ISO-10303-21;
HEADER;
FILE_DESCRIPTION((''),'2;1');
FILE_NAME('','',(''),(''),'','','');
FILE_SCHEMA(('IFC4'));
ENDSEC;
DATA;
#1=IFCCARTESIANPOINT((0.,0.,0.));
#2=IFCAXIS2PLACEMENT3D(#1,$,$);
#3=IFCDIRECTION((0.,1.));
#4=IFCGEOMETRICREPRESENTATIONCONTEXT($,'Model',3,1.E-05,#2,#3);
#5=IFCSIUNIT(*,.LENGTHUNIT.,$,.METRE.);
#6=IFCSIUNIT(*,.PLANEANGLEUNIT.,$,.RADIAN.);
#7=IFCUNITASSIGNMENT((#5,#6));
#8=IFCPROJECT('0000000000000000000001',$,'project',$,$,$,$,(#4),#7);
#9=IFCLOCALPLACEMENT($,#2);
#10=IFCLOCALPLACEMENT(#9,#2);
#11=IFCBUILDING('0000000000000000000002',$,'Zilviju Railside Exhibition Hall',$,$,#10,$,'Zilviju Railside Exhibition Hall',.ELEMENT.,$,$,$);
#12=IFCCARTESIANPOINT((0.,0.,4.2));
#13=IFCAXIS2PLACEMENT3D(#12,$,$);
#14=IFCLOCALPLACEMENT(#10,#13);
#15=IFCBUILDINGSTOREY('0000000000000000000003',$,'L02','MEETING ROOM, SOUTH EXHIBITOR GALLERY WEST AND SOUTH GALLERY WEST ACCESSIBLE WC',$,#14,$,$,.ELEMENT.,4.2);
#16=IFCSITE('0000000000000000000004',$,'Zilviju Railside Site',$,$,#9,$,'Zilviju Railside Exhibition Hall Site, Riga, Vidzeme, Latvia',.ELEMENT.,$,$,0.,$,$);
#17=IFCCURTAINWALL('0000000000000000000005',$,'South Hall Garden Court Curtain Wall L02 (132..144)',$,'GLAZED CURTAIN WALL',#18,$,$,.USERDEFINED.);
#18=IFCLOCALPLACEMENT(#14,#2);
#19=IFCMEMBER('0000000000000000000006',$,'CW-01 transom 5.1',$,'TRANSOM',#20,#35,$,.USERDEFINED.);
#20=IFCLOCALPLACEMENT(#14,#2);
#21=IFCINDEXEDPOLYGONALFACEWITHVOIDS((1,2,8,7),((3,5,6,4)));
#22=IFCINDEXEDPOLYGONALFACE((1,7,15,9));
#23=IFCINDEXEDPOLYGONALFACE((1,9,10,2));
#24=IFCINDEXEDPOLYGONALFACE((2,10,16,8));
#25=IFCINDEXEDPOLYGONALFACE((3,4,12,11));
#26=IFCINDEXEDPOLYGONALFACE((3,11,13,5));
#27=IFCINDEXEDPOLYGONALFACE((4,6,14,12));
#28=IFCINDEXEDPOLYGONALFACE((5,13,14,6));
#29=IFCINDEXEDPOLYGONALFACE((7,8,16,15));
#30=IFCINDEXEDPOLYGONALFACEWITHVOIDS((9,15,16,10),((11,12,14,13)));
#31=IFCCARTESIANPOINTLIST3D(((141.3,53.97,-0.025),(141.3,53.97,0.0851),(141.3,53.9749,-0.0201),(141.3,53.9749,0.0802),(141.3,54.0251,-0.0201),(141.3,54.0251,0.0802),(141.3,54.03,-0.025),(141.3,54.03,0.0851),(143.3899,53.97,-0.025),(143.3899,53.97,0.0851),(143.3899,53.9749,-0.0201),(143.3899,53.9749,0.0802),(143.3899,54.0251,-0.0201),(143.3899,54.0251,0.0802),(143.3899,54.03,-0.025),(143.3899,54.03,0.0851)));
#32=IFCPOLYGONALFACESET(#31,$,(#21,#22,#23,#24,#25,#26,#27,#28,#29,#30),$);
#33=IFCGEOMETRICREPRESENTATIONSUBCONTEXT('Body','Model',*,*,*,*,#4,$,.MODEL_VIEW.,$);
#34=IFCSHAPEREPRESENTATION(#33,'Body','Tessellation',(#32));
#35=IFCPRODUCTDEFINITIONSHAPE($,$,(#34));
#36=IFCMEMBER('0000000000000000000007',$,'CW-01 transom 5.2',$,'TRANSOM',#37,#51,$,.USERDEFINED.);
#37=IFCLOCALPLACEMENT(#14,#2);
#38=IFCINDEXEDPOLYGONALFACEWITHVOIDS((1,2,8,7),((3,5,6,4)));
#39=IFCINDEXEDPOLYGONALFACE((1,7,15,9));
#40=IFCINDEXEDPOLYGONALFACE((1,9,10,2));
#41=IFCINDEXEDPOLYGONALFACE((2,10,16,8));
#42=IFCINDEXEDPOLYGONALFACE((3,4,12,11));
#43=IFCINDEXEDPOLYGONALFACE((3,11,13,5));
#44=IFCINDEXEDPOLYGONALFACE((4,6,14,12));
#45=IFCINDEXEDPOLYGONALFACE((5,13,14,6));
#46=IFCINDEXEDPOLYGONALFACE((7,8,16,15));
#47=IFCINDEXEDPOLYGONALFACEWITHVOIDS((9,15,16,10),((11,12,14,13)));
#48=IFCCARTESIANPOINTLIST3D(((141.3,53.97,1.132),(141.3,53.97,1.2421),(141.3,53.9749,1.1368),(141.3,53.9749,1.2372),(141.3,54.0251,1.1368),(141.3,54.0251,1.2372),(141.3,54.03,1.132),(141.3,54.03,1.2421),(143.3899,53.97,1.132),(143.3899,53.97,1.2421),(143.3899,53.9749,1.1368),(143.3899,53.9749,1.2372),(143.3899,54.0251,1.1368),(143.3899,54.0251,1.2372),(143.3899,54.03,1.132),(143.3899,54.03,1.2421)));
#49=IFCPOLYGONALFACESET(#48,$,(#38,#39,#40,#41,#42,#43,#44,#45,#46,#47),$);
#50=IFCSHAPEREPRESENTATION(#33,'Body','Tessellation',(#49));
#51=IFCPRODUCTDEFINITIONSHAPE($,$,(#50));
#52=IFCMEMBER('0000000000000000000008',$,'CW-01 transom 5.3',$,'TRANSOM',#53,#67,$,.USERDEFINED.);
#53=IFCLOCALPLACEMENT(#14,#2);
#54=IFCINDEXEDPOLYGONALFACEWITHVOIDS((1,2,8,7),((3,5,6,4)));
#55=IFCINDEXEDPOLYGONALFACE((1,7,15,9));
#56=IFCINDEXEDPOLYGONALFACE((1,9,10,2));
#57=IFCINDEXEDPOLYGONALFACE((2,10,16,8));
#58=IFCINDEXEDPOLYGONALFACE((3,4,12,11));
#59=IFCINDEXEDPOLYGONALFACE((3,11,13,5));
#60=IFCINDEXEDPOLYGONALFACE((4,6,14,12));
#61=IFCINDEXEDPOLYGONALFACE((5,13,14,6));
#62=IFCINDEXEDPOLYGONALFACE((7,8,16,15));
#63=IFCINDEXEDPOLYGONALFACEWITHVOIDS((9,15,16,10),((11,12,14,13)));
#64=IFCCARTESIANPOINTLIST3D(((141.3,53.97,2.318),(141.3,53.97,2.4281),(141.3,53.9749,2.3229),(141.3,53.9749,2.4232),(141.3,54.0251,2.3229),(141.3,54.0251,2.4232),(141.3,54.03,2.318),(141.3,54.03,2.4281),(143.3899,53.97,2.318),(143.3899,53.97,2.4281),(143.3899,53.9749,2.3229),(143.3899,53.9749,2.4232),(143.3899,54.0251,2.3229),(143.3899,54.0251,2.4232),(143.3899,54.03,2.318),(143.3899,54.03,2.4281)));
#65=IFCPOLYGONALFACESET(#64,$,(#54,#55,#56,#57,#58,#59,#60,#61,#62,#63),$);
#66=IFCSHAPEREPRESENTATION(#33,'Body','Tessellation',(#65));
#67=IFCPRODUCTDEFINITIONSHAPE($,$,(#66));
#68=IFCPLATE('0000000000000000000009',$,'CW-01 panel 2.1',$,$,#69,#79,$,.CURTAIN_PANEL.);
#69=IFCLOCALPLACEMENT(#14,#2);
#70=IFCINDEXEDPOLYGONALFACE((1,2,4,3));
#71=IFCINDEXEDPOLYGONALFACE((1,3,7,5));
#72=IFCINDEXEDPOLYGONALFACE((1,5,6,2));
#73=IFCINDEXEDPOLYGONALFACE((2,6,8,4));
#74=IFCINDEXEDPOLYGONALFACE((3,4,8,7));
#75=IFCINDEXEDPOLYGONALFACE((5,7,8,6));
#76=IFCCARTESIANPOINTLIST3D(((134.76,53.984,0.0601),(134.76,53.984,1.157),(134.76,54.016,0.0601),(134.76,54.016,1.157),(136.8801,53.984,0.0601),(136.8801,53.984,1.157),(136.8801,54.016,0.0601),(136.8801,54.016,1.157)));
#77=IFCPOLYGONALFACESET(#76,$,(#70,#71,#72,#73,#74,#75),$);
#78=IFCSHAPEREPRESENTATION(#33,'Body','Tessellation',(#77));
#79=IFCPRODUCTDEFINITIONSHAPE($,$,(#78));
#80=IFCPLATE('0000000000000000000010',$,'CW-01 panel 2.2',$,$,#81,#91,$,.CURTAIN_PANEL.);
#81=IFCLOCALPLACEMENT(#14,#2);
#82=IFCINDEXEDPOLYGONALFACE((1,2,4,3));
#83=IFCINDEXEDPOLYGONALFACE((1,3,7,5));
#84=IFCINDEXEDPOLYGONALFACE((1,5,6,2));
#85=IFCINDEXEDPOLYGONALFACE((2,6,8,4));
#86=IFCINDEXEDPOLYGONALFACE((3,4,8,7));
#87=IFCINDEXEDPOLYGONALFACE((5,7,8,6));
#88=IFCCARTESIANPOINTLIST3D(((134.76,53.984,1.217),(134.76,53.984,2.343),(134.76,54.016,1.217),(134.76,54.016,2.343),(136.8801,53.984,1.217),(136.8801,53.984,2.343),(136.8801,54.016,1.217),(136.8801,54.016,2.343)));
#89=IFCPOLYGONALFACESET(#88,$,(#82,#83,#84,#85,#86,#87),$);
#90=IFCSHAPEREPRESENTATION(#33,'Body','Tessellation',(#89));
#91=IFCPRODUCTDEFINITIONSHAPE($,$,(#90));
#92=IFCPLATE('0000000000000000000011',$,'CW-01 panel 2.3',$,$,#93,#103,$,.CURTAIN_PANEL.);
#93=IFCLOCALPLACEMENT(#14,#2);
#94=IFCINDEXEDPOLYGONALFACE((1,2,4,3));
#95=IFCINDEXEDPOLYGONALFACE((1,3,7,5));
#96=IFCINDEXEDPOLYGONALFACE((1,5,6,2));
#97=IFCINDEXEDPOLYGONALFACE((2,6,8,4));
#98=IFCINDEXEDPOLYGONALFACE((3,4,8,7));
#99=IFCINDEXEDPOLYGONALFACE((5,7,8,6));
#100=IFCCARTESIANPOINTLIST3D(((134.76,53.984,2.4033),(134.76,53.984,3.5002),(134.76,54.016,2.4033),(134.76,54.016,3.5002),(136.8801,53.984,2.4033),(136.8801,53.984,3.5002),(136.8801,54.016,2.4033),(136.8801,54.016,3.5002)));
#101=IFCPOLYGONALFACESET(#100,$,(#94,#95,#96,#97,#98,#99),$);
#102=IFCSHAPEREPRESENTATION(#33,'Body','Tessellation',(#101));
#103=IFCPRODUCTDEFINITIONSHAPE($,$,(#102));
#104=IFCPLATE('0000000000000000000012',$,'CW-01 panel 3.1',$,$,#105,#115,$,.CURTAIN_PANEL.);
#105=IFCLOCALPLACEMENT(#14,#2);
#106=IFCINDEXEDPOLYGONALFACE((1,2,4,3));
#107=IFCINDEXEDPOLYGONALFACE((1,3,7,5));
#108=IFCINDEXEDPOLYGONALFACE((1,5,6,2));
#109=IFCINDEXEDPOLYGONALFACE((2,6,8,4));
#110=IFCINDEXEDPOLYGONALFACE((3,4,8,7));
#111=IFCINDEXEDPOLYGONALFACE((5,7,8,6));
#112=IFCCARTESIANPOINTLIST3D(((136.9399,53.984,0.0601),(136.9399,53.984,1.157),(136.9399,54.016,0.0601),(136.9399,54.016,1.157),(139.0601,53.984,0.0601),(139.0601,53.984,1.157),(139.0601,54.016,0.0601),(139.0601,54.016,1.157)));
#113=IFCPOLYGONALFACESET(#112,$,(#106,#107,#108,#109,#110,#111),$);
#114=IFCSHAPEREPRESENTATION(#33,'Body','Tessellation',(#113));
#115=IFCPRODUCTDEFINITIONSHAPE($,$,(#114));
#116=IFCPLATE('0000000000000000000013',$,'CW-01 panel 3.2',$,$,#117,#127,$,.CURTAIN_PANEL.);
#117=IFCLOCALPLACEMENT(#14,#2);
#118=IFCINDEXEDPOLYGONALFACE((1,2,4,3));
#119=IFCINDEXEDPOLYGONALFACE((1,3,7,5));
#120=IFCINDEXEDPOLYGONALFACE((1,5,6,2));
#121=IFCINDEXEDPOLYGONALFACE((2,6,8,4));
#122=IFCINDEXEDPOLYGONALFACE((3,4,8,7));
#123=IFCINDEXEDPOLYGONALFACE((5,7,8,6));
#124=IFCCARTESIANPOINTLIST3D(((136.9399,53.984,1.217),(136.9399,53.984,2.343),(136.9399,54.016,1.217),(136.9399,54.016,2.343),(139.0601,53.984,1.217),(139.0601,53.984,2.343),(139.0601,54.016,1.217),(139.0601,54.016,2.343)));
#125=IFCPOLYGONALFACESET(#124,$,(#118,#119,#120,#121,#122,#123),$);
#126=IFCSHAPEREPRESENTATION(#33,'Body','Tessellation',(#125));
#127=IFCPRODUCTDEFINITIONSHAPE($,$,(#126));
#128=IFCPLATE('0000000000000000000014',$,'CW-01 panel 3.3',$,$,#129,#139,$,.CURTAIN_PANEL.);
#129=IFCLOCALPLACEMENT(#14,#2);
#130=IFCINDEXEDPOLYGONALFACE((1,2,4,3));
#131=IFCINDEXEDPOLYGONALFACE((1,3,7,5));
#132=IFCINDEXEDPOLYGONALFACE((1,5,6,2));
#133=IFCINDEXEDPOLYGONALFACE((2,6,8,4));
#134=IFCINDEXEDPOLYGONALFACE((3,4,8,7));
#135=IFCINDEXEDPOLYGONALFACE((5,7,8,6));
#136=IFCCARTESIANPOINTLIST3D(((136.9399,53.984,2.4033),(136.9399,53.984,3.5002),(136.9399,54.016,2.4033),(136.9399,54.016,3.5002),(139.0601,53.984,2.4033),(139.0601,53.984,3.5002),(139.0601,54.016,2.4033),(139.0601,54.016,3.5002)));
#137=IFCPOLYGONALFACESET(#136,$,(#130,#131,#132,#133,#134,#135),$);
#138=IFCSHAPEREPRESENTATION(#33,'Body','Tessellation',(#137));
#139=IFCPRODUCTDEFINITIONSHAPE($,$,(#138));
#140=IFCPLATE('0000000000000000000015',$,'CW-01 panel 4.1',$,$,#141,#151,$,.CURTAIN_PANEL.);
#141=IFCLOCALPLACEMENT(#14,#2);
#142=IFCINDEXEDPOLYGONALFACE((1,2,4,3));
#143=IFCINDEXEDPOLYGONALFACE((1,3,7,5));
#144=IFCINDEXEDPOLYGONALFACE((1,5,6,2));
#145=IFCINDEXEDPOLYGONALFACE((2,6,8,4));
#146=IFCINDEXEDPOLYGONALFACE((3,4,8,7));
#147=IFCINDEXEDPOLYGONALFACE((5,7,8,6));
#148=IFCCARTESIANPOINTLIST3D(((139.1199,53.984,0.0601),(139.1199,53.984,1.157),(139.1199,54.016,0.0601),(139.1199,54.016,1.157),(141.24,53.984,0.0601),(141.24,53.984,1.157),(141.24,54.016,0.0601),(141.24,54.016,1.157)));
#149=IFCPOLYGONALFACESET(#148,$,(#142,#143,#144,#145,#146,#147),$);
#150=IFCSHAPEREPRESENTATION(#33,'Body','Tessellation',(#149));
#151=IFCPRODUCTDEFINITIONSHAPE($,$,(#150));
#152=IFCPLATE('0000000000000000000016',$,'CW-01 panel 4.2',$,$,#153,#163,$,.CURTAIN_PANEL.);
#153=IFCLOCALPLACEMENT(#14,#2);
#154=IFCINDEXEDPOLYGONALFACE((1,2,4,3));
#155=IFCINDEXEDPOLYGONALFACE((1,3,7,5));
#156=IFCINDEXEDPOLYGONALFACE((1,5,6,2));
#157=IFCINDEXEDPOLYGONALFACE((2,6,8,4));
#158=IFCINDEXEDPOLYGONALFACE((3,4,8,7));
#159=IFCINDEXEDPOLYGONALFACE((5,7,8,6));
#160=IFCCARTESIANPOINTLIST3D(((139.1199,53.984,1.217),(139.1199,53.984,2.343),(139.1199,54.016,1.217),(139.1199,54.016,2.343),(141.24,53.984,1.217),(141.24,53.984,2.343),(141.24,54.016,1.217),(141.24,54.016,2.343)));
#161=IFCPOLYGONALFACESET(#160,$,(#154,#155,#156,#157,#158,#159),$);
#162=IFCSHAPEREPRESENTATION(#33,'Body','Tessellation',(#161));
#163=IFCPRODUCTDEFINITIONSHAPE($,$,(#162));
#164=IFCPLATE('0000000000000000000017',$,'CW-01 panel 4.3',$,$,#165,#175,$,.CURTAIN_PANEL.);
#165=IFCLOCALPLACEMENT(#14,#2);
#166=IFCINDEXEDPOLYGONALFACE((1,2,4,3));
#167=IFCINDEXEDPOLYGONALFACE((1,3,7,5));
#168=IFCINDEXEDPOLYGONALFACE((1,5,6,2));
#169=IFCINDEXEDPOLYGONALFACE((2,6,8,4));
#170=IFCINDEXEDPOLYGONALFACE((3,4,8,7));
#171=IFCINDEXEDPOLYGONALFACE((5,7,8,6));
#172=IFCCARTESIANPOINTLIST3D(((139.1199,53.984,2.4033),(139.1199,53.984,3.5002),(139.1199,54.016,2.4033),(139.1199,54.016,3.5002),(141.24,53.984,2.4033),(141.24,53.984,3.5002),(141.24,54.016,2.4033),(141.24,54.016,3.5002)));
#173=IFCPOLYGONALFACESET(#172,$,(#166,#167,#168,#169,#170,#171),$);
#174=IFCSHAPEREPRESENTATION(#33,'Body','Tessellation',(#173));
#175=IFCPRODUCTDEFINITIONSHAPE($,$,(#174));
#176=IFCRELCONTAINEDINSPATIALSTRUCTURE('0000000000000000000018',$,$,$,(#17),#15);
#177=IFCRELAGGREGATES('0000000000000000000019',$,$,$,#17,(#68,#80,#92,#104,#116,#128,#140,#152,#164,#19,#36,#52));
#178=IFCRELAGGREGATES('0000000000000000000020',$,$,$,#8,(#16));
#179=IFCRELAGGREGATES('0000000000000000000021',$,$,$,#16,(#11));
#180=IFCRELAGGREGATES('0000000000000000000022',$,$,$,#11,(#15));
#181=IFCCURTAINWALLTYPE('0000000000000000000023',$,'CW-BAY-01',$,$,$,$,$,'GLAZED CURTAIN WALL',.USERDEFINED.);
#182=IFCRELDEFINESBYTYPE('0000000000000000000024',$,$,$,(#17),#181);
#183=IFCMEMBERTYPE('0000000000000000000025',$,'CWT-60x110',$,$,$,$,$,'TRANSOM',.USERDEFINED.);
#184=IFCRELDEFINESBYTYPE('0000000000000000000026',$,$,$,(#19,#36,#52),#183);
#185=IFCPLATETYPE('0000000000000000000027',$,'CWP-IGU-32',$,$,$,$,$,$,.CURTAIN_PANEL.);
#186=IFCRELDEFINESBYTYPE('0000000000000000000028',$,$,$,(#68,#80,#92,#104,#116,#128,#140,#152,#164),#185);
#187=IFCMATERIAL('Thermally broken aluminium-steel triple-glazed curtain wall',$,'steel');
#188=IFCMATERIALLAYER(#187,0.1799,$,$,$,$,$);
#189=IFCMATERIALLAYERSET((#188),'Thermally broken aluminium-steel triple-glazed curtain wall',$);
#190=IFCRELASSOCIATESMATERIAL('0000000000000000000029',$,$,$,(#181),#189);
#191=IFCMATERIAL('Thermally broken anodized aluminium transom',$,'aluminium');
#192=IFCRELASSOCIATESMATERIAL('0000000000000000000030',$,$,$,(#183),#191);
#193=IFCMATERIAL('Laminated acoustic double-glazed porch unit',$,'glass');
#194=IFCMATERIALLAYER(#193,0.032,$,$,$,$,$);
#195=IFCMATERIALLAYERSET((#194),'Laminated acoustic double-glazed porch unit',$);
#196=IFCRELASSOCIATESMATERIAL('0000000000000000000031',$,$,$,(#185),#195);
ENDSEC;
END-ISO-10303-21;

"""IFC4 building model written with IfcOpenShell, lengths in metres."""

from ifc_helpers import new_model, si_unit, direction, frame, origin, origin_2d, place, context, subcontext, project, spatial, rectangle, hollow_rectangle, extrude, material, layer, layer_set, material_profile, profile_set, type_object, element, aggregate, save


model = new_model("IFC4")

# Units and contexts
model_context = context("Model", 3, precision=1e-05, world=origin(), true_north=direction((0.0, 1.0)))
body_context = subcontext(model_context, "Body", "Model", "MODEL_VIEW")
ifc_project = project(units=[si_unit("LENGTHUNIT", "METRE"), si_unit("PLANEANGLEUNIT", "RADIAN")], contexts=[model_context])

# Site, building, storey
site_placement = place(None, origin())
site = spatial("IfcSite", under=ifc_project, at=site_placement, Name="Zilviju Railside Site", LongName="Zilviju Railside Exhibition Hall Site, Riga, Vidzeme, Latvia", CompositionType="ELEMENT", RefElevation=0.0)
building_placement = place(site_placement, origin())
building = spatial("IfcBuilding", under=site, at=building_placement, Name="Zilviju Railside Exhibition Hall", LongName="Zilviju Railside Exhibition Hall", CompositionType="ELEMENT")
storey_placement = place(building_placement, frame((0.0, 0.0, 4.2)))
storey = spatial("IfcBuildingStorey", under=building, at=storey_placement, Name="L02", Description="MEETING ROOM, SOUTH EXHIBITOR GALLERY WEST AND SOUTH GALLERY WEST ACCESSIBLE WC", CompositionType="ELEMENT", Elevation=4.2)

# Curtain wall, members, plates
ifc_material_1 = material(Name="Thermally broken aluminium-steel triple-glazed curtain wall", Category="steel")
ifc_layer_1 = layer(ifc_material_1, 0.1799)
ifc_layer_set_1 = layer_set([ifc_layer_1], Name="Thermally broken aluminium-steel triple-glazed curtain wall")
curtain_wall_type = type_object("IfcCurtainWallType", Name="CW-BAY-01", ElementType="GLAZED CURTAIN WALL", PredefinedType="USERDEFINED", material=ifc_layer_set_1)
curtain_wall_placement = place(storey_placement, origin())
curtain_wall = element("IfcCurtainWall", 1, at=curtain_wall_placement, inside=storey, type_object=curtain_wall_type, Name="South Hall Garden Court Curtain Wall L02 (132..144)", ObjectType="GLAZED CURTAIN WALL", PredefinedType="USERDEFINED")
ifc_material_2 = material(Name="Thermally broken anodized aluminium transom", Category="aluminium")
ifc_material_profile_1 = material_profile(ifc_material_2, hollow_rectangle(XDim=0.0601, YDim=0.1101, WallThickness=0.0049, at=origin_2d()), Name="TRANSOM 110x60x5")
ifc_profile_set_1 = profile_set([ifc_material_profile_1], Name="Thermally broken anodized aluminium transom")
member_type_1 = type_object("IfcMemberType", Name="CWT-60x110", ElementType="TRANSOM", PredefinedType="USERDEFINED", material=ifc_profile_set_1)
member_1_placement = place(storey_placement, frame((141.3, 54.0, 0.03), z_axis=(1.0, 0.0, 0.0), x_axis=(0.0, 1.0, 0.0)))
member_1 = element("IfcMember", 2, at=member_1_placement, type_object=member_type_1, Name="CW-01 transom 5.1", ObjectType="TRANSOM", PredefinedType="USERDEFINED", context=body_context, shape_type="SweptSolid", body=[
    extrude(hollow_rectangle(XDim=0.0601, YDim=0.1101, WallThickness=0.0049, at=origin_2d()), origin(), (0.0, 0.0, 1.0), 2.0898),
])
member_2_placement = place(storey_placement, frame((141.3, 54.0, 1.187), z_axis=(1.0, 0.0, 0.0), x_axis=(0.0, 1.0, 0.0)))
member_2 = element("IfcMember", 3, at=member_2_placement, type_object=member_type_1, Name="CW-01 transom 5.2", ObjectType="TRANSOM", PredefinedType="USERDEFINED", context=body_context, shape_type="SweptSolid", body=[
    extrude(hollow_rectangle(XDim=0.0601, YDim=0.1101, WallThickness=0.0049, at=origin_2d()), origin(), (0.0, 0.0, 1.0), 2.0898),
])
member_3_placement = place(storey_placement, frame((141.3, 54.0, 2.373), z_axis=(1.0, 0.0, 0.0), x_axis=(0.0, 1.0, 0.0)))
member_3 = element("IfcMember", 4, at=member_3_placement, type_object=member_type_1, Name="CW-01 transom 5.3", ObjectType="TRANSOM", PredefinedType="USERDEFINED", context=body_context, shape_type="SweptSolid", body=[
    extrude(hollow_rectangle(XDim=0.0601, YDim=0.1101, WallThickness=0.0049, at=origin_2d()), origin(), (0.0, 0.0, 1.0), 2.0898),
])
ifc_material_3 = material(Name="Laminated acoustic double-glazed porch unit", Category="glass")
ifc_layer_2 = layer(ifc_material_3, 0.032)
ifc_layer_set_2 = layer_set([ifc_layer_2], Name="Laminated acoustic double-glazed porch unit")
plate_type = type_object("IfcPlateType", Name="CWP-IGU-32", PredefinedType="CURTAIN_PANEL", material=ifc_layer_set_2)
plate_1_placement = place(storey_placement, frame((135.8201, 54.0, 0.0601), z_axis=(0.0, 0.0, 1.0), x_axis=(1.0, 0.0, 0.0)))
plate_1 = element("IfcPlate", 5, at=plate_1_placement, type_object=plate_type, Name="CW-01 panel 2.1", PredefinedType="CURTAIN_PANEL", context=body_context, shape_type="SweptSolid", body=[
    extrude(rectangle(XDim=2.1201, YDim=0.032, at=origin_2d()), origin(), (0.0, 0.0, 1.0), 1.0969),
])
plate_2_placement = place(storey_placement, frame((135.8201, 54.0, 1.217), z_axis=(0.0, 0.0, 1.0), x_axis=(1.0, 0.0, 0.0)))
plate_2 = element("IfcPlate", 6, at=plate_2_placement, type_object=plate_type, Name="CW-01 panel 2.2", PredefinedType="CURTAIN_PANEL", context=body_context, shape_type="SweptSolid", body=[
    extrude(rectangle(XDim=2.1201, YDim=0.032, at=origin_2d()), origin(), (0.0, 0.0, 1.0), 1.126),
])
plate_3_placement = place(storey_placement, frame((135.8201, 54.0, 2.4033), z_axis=(0.0, 0.0, 1.0), x_axis=(1.0, 0.0, 0.0)))
plate_3 = element("IfcPlate", 7, at=plate_3_placement, type_object=plate_type, Name="CW-01 panel 2.3", PredefinedType="CURTAIN_PANEL", context=body_context, shape_type="SweptSolid", body=[
    extrude(rectangle(XDim=2.1201, YDim=0.032, at=origin_2d()), origin(), (0.0, 0.0, 1.0), 1.0969),
])
plate_4_placement = place(storey_placement, frame((138.0, 54.0, 0.0601), z_axis=(0.0, 0.0, 1.0), x_axis=(1.0, 0.0, 0.0)))
plate_4 = element("IfcPlate", 8, at=plate_4_placement, type_object=plate_type, Name="CW-01 panel 3.1", PredefinedType="CURTAIN_PANEL", context=body_context, shape_type="SweptSolid", body=[
    extrude(rectangle(XDim=2.1201, YDim=0.032, at=origin_2d()), origin(), (0.0, 0.0, 1.0), 1.0969),
])
plate_5_placement = place(storey_placement, frame((138.0, 54.0, 1.217), z_axis=(0.0, 0.0, 1.0), x_axis=(1.0, 0.0, 0.0)))
plate_5 = element("IfcPlate", 9, at=plate_5_placement, type_object=plate_type, Name="CW-01 panel 3.2", PredefinedType="CURTAIN_PANEL", context=body_context, shape_type="SweptSolid", body=[
    extrude(rectangle(XDim=2.1201, YDim=0.032, at=origin_2d()), origin(), (0.0, 0.0, 1.0), 1.126),
])
plate_6_placement = place(storey_placement, frame((138.0, 54.0, 2.4033), z_axis=(0.0, 0.0, 1.0), x_axis=(1.0, 0.0, 0.0)))
plate_6 = element("IfcPlate", 10, at=plate_6_placement, type_object=plate_type, Name="CW-01 panel 3.3", PredefinedType="CURTAIN_PANEL", context=body_context, shape_type="SweptSolid", body=[
    extrude(rectangle(XDim=2.1201, YDim=0.032, at=origin_2d()), origin(), (0.0, 0.0, 1.0), 1.0969),
])
plate_7_placement = place(storey_placement, frame((140.1799, 54.0, 0.0601), z_axis=(0.0, 0.0, 1.0), x_axis=(1.0, 0.0, 0.0)))
plate_7 = element("IfcPlate", 11, at=plate_7_placement, type_object=plate_type, Name="CW-01 panel 4.1", PredefinedType="CURTAIN_PANEL", context=body_context, shape_type="SweptSolid", body=[
    extrude(rectangle(XDim=2.1201, YDim=0.032, at=origin_2d()), origin(), (0.0, 0.0, 1.0), 1.0969),
])
plate_8_placement = place(storey_placement, frame((140.1799, 54.0, 1.217), z_axis=(0.0, 0.0, 1.0), x_axis=(1.0, 0.0, 0.0)))
plate_8 = element("IfcPlate", 12, at=plate_8_placement, type_object=plate_type, Name="CW-01 panel 4.2", PredefinedType="CURTAIN_PANEL", context=body_context, shape_type="SweptSolid", body=[
    extrude(rectangle(XDim=2.1201, YDim=0.032, at=origin_2d()), origin(), (0.0, 0.0, 1.0), 1.126),
])
plate_9_placement = place(storey_placement, frame((140.1799, 54.0, 2.4033), z_axis=(0.0, 0.0, 1.0), x_axis=(1.0, 0.0, 0.0)))
plate_9 = element("IfcPlate", 13, at=plate_9_placement, type_object=plate_type, Name="CW-01 panel 4.3", PredefinedType="CURTAIN_PANEL", context=body_context, shape_type="SweptSolid", body=[
    extrude(rectangle(XDim=2.1201, YDim=0.032, at=origin_2d()), origin(), (0.0, 0.0, 1.0), 1.0969),
])
aggregate(curtain_wall, [plate_1, plate_2, plate_3, plate_4, plate_5, plate_6, plate_7, plate_8, plate_9, member_1, member_2, member_3])

save(model, "model.ifc")
